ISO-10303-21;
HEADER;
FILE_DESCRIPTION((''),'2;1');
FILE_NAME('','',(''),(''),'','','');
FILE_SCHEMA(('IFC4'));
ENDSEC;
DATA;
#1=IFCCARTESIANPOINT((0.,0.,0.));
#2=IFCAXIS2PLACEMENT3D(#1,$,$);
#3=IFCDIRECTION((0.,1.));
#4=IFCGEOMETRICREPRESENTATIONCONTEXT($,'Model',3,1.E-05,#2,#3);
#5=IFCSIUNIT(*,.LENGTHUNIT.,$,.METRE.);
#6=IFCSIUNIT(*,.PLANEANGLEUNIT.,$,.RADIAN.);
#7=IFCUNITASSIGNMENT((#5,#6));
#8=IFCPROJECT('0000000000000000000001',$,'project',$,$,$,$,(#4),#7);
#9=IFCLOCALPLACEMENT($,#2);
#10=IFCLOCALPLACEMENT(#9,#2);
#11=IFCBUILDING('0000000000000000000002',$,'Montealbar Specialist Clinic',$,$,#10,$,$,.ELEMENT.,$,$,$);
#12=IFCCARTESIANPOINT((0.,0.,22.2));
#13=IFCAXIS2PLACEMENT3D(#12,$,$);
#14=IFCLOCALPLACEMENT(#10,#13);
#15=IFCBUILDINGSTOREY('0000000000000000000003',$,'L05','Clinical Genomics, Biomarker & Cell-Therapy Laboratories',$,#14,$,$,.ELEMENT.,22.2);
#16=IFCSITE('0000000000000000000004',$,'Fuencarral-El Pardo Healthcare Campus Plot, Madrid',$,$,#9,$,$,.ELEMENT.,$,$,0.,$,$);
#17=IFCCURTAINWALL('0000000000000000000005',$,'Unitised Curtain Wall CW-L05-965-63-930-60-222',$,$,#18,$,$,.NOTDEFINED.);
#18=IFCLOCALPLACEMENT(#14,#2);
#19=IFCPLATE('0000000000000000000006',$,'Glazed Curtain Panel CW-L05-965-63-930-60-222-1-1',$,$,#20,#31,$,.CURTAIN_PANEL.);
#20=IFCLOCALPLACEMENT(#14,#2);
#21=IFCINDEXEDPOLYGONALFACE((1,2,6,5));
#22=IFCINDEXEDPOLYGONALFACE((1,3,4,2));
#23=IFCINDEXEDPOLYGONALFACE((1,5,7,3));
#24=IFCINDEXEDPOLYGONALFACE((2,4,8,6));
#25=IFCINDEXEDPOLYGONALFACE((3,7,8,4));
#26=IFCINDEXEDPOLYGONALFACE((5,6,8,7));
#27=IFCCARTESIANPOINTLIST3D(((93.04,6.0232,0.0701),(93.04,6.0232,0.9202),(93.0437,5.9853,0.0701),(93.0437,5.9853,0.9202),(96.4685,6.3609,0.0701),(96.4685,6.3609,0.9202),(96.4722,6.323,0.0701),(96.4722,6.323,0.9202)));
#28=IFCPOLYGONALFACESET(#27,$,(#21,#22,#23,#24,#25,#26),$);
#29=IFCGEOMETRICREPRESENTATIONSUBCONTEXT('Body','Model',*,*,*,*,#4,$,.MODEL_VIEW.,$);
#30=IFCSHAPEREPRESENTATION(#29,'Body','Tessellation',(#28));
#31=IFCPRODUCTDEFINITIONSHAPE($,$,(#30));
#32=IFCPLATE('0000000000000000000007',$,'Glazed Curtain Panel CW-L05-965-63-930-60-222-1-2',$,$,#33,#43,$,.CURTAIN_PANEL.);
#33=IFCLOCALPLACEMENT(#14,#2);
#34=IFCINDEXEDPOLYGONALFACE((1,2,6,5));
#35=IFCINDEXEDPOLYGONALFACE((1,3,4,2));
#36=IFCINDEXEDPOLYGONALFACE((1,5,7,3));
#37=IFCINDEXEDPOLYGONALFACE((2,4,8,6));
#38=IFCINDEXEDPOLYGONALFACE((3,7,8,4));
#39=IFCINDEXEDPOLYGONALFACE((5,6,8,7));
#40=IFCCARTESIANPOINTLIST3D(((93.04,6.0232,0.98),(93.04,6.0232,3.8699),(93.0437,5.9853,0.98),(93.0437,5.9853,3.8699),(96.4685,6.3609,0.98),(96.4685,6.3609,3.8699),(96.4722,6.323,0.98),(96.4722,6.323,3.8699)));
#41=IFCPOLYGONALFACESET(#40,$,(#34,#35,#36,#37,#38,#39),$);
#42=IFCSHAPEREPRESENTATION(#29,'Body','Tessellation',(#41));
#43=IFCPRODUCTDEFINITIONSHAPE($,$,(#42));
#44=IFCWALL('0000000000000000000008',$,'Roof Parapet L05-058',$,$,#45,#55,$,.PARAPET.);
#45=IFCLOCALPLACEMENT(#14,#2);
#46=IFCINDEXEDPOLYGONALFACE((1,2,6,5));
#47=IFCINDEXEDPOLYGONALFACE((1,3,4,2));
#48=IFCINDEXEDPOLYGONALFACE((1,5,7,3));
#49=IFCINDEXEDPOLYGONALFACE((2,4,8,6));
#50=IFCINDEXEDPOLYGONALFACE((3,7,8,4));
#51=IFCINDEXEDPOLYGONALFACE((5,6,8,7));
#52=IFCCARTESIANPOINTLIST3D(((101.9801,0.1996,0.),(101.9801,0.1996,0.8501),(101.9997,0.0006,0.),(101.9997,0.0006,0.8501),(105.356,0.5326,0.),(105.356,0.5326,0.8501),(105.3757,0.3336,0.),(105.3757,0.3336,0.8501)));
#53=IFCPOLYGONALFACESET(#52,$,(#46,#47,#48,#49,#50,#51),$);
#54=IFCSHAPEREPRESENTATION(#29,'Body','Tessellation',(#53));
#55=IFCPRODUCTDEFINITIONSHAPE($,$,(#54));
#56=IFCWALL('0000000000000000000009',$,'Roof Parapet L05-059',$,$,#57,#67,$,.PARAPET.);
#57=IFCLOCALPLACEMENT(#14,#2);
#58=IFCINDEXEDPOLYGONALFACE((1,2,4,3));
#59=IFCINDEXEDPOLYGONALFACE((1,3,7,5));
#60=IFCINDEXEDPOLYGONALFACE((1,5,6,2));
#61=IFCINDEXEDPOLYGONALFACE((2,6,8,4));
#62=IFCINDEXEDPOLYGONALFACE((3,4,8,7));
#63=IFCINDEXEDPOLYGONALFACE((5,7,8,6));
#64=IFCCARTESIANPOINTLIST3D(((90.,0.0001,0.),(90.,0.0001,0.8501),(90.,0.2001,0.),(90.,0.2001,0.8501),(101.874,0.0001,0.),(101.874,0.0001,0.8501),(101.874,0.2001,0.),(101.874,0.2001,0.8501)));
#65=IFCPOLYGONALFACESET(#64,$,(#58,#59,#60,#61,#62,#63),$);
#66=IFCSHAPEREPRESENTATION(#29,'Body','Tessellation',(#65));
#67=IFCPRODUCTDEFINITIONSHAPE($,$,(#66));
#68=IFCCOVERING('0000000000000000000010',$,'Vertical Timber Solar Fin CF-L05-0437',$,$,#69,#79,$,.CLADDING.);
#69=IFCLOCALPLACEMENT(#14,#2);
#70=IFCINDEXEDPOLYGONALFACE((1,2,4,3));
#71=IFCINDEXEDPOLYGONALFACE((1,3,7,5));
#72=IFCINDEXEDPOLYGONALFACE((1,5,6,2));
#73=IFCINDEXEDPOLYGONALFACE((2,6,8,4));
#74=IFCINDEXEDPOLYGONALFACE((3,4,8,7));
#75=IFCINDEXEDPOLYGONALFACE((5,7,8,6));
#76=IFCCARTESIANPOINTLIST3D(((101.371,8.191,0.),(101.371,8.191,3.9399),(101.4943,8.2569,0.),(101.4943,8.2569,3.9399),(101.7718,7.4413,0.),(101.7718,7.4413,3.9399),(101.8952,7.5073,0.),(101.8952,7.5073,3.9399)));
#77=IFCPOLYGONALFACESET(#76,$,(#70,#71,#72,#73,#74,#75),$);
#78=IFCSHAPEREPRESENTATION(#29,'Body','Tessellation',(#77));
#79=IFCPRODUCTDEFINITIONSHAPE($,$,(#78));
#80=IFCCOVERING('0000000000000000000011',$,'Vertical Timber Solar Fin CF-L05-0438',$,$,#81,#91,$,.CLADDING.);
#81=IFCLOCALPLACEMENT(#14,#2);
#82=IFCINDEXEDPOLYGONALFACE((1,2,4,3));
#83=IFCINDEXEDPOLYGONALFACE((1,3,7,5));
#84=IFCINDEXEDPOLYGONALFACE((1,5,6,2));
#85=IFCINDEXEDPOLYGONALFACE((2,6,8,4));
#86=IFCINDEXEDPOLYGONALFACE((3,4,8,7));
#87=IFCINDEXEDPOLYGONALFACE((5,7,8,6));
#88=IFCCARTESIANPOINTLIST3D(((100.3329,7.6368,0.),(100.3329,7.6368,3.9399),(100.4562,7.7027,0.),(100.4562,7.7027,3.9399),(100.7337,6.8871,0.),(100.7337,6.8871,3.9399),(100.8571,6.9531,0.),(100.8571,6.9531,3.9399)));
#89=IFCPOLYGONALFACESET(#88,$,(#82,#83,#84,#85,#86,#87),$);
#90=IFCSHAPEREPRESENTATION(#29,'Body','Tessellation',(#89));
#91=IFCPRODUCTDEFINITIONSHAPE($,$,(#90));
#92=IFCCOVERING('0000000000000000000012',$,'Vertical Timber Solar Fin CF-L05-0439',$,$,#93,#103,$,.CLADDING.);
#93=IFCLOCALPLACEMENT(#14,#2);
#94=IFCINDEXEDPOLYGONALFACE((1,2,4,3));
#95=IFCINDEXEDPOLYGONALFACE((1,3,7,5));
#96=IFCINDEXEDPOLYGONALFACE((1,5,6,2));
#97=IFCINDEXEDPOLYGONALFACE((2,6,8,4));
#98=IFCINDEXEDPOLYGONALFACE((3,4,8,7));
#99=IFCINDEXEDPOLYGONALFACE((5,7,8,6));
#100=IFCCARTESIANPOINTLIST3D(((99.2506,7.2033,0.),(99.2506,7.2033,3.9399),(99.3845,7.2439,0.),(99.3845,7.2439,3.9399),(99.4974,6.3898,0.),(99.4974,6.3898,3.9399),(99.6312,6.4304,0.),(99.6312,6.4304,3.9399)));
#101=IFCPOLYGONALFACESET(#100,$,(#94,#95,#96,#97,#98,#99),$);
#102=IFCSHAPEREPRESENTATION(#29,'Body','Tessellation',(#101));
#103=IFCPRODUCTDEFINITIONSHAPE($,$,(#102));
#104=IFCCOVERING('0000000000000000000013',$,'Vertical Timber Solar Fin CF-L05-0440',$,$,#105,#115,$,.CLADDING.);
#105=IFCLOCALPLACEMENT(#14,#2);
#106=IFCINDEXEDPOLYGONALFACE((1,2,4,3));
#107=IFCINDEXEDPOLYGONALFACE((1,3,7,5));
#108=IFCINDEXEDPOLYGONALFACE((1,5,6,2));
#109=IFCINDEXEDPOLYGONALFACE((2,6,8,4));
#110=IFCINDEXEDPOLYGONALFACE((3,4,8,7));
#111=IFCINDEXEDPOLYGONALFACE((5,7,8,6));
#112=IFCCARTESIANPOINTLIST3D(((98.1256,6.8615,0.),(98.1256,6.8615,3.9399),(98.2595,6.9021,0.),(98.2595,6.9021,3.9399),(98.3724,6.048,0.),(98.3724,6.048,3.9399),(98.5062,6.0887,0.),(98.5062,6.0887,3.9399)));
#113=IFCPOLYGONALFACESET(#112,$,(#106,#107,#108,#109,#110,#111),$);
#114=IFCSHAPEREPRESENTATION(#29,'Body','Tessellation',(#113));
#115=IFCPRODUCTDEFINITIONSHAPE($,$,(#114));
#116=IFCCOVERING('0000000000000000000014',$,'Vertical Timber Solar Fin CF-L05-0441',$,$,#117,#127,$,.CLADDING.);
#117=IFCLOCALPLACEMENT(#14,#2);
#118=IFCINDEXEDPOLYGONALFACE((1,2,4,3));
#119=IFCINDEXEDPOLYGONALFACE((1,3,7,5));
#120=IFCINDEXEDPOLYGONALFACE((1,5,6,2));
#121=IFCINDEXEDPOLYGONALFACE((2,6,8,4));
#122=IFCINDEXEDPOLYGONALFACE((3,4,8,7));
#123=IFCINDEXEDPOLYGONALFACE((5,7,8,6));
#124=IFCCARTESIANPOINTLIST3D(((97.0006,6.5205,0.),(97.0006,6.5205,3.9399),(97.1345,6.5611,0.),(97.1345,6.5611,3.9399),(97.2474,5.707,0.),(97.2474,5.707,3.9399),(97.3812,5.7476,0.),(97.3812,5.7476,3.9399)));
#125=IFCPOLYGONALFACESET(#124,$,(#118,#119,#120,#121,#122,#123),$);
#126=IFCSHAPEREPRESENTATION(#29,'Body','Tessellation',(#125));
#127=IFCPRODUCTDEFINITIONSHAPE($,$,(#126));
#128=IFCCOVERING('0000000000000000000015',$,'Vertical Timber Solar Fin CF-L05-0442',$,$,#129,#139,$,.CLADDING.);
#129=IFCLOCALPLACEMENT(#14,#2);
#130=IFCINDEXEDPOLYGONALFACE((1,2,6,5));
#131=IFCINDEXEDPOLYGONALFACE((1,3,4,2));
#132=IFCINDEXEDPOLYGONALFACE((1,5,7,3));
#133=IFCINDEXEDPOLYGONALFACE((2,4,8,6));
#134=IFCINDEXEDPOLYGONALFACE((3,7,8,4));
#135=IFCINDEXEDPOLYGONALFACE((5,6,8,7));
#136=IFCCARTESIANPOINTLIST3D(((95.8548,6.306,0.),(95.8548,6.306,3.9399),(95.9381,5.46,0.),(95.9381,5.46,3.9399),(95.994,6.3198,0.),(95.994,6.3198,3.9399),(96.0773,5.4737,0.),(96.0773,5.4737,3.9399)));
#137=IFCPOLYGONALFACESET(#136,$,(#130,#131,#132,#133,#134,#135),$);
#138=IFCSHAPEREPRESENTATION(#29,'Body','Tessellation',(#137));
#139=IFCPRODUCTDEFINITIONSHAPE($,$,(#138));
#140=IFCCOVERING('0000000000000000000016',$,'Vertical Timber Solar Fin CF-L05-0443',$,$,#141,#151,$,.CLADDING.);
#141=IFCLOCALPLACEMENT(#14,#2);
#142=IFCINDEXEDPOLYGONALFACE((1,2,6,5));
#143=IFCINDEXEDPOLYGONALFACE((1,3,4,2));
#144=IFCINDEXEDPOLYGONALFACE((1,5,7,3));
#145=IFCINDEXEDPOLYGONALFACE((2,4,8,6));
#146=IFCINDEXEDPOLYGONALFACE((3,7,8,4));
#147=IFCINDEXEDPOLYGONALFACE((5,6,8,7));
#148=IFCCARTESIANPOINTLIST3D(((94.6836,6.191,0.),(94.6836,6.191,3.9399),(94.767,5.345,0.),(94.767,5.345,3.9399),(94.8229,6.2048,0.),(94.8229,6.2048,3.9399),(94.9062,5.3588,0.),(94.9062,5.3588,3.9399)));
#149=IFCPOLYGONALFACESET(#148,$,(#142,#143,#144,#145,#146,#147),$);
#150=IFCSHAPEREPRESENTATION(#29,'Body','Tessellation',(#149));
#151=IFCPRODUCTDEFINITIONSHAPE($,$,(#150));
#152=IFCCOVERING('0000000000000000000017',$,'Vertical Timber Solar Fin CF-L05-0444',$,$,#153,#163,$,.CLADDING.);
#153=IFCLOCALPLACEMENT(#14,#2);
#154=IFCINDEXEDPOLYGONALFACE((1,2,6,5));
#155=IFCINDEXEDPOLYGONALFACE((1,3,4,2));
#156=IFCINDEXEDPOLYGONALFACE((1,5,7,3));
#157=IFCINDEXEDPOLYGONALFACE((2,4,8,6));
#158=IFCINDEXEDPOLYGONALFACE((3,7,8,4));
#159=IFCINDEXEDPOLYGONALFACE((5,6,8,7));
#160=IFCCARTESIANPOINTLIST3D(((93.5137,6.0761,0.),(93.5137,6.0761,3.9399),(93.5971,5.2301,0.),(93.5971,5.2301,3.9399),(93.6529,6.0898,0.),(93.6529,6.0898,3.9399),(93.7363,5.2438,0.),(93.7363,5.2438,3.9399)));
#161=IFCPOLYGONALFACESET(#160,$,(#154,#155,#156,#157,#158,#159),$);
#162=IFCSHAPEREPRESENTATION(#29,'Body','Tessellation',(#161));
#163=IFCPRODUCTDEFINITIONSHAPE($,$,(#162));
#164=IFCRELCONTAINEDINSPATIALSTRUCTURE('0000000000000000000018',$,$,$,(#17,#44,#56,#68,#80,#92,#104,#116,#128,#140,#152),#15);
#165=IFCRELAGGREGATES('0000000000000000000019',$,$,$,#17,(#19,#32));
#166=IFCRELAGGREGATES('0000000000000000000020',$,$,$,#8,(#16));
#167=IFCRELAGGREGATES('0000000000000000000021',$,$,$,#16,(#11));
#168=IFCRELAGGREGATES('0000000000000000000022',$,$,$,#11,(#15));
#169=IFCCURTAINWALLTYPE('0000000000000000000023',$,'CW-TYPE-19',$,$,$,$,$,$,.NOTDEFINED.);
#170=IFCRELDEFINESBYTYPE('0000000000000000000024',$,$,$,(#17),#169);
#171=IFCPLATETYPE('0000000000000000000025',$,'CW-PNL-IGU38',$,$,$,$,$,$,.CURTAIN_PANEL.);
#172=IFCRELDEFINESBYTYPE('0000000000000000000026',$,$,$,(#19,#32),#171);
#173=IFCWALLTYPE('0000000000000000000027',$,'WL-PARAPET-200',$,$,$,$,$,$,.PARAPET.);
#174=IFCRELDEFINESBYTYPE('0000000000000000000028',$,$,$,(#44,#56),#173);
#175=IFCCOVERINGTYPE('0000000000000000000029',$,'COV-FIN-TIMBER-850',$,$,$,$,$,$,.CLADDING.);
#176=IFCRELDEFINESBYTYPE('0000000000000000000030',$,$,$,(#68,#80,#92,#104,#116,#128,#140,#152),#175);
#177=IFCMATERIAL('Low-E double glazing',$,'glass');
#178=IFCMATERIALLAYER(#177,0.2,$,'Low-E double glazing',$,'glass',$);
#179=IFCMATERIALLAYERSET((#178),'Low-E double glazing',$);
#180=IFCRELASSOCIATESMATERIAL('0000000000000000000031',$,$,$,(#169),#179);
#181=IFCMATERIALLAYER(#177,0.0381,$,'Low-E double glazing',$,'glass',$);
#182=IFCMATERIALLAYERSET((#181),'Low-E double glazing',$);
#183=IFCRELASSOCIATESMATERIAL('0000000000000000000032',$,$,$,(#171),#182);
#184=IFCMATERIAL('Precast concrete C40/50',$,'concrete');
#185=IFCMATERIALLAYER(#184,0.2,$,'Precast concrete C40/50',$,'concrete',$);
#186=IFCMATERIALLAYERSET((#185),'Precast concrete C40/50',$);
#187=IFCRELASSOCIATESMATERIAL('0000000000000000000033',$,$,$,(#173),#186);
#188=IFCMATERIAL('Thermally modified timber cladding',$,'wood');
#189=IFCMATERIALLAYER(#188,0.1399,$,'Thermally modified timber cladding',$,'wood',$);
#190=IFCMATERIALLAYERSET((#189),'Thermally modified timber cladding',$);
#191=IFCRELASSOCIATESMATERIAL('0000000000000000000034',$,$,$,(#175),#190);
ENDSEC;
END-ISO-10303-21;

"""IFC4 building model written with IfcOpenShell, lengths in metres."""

from ifc_helpers import new_model, si_unit, direction, frame, frame_2d, origin, origin_2d, place, context, subcontext, project, spatial, rectangle, extrude, material, layer, layer_set, type_object, element, aggregate, save


model = new_model("IFC4")

# Units and contexts
model_context = context("Model", 3, precision=1e-05, world=origin(), true_north=direction((0.0, 1.0)))
body_context = subcontext(model_context, "Body", "Model", "MODEL_VIEW")
ifc_project = project(units=[si_unit("LENGTHUNIT", "METRE"), si_unit("PLANEANGLEUNIT", "RADIAN")], contexts=[model_context])

# Site, building, storey
site_placement = place(None, origin())
site = spatial("IfcSite", under=ifc_project, at=site_placement, Name="Fuencarral-El Pardo Healthcare Campus Plot, Madrid", CompositionType="ELEMENT", RefElevation=0.0)
building_placement = place(site_placement, origin())
building = spatial("IfcBuilding", under=site, at=building_placement, Name="Montealbar Specialist Clinic", CompositionType="ELEMENT")
storey_placement = place(building_placement, frame((0.0, 0.0, 22.2)))
storey = spatial("IfcBuildingStorey", under=building, at=storey_placement, Name="L05", Description="Clinical Genomics, Biomarker & Cell-Therapy Laboratories", CompositionType="ELEMENT", Elevation=22.2)

# Shared definitions
ifc_material_1 = material(Name="Low-E double glazing", Category="glass")
ifc_layer_1 = layer(ifc_material_1, 0.2, Name="Low-E double glazing", Category="glass")
ifc_layer_set_1 = layer_set([ifc_layer_1], Name="Low-E double glazing")
curtain_wall_type_1 = type_object("IfcCurtainWallType", Name="CW-TYPE-19", PredefinedType="NOTDEFINED", material=ifc_layer_set_1)

# Curtain wall
curtain_wall_1_placement = place(storey_placement, origin())
curtain_wall_1 = element("IfcCurtainWall", 1, at=curtain_wall_1_placement, inside=storey, type_object=curtain_wall_type_1, Name="Unitised Curtain Wall CW-L05-965-63-930-60-222", PredefinedType="NOTDEFINED")

# Plates
ifc_layer_2 = layer(ifc_material_1, 0.0381, Name="Low-E double glazing", Category="glass")
ifc_layer_set_2 = layer_set([ifc_layer_2], Name="Low-E double glazing")
plate_type = type_object("IfcPlateType", Name="CW-PNL-IGU38", PredefinedType="CURTAIN_PANEL", material=ifc_layer_set_2)
plate_1_placement = place(storey_placement, frame((94.7561, 6.1731, 0.0701), z_axis=(0.0, 0.0, 1.0), x_axis=(-0.995182, -0.098045, 0.0)))
plate_1 = element("IfcPlate", 2, at=plate_1_placement, type_object=plate_type, Name="Glazed Curtain Panel CW-L05-965-63-930-60-222-1-1", PredefinedType="CURTAIN_PANEL", context=body_context, shape_type="SweptSolid", body=[
    extrude(rectangle(XDim=3.4451, YDim=0.0381, at=origin_2d()), origin(), (0.0, 0.0, 1.0), 0.8501),
])
plate_2_placement = place(storey_placement, frame((94.7561, 6.1731, 0.98), z_axis=(0.0, 0.0, 1.0), x_axis=(-0.995182, -0.098045, 0.0)))
plate_2 = element("IfcPlate", 3, at=plate_2_placement, type_object=plate_type, Name="Glazed Curtain Panel CW-L05-965-63-930-60-222-1-2", PredefinedType="CURTAIN_PANEL", context=body_context, shape_type="SweptSolid", body=[
    extrude(rectangle(XDim=3.4451, YDim=0.0381, at=origin_2d()), origin(), (0.0, 0.0, 1.0), 2.8899),
])
aggregate(curtain_wall_1, [plate_1, plate_2])

# Walls
ifc_material_2 = material(Name="Precast concrete C40/50", Category="concrete")
ifc_layer_3 = layer(ifc_material_2, 0.2, Name="Precast concrete C40/50", Category="concrete")
ifc_layer_set_3 = layer_set([ifc_layer_3], Name="Precast concrete C40/50")
wall_type = type_object("IfcWallType", Name="WL-PARAPET-200", PredefinedType="PARAPET", material=ifc_layer_set_3)
wall_1_placement = place(storey_placement, frame((105.366, 0.4331, 0.0), z_axis=(0.0, 0.0, 1.0), x_axis=(-0.99517, -0.098164, 0.0)))
element("IfcWall", 4, at=wall_1_placement, inside=storey, type_object=wall_type, Name="Roof Parapet L05-058", PredefinedType="PARAPET", context=body_context, shape_type="SweptSolid", body=[
    extrude(rectangle(XDim=3.3923, YDim=0.2, at=frame_2d((1.6963, 0.0))), origin(), (0.0, 0.0, 1.0), 0.8501),
])
wall_2_placement = place(storey_placement, frame((101.874, 0.1001, 0.0), z_axis=(0.0, 0.0, 1.0), x_axis=(-1.0, 0.0, 0.0)))
element("IfcWall", 5, at=wall_2_placement, inside=storey, type_object=wall_type, Name="Roof Parapet L05-059", PredefinedType="PARAPET", context=body_context, shape_type="SweptSolid", body=[
    extrude(rectangle(XDim=11.874, YDim=0.2, at=frame_2d((5.937, 0.0))), origin(), (0.0, 0.0, 1.0), 0.8501),
])

# Coverings
ifc_material_3 = material(Name="Thermally modified timber cladding", Category="wood")
ifc_layer_4 = layer(ifc_material_3, 0.1399, Name="Thermally modified timber cladding", Category="wood")
ifc_layer_set_4 = layer_set([ifc_layer_4], Name="Thermally modified timber cladding")
covering_type = type_object("IfcCoveringType", Name="COV-FIN-TIMBER-850", PredefinedType="CLADDING", material=ifc_layer_set_4)
for number, where, z_axis, x_axis, name in (
    (6, (101.6331, 7.8491, 0.0), (0.0, 0.0, 1.0), (0.471529, -0.88185, 0.0), "Vertical Timber Solar Fin CF-L05-0437"),
    (7, (100.595, 7.2949, 0.0), (0.0, 0.0, 1.0), (0.471529, -0.88185, 0.0), "Vertical Timber Solar Fin CF-L05-0438"),
    (8, (99.4409, 6.8169, 0.0), (0.0, 0.0, 1.0), (0.290259, -0.956948, 0.0), "Vertical Timber Solar Fin CF-L05-0439"),
    (9, (98.3159, 6.4751, 0.0), (0.0, 0.0, 1.0), (0.290259, -0.956948, 0.0), "Vertical Timber Solar Fin CF-L05-0440"),
    (10, (97.1909, 6.134, 0.0), (0.0, 0.0, 1.0), (0.290259, -0.956948, 0.0), "Vertical Timber Solar Fin CF-L05-0441"),
    (11, (95.9661, 5.8899, 0.0), (0.0, 0.0, 1.0), (0.098045, -0.995182, 0.0), "Vertical Timber Solar Fin CF-L05-0442"),
    (12, (94.7949, 5.7749, 0.0), (0.0, 0.0, 1.0), (0.098045, -0.995182, 0.0), "Vertical Timber Solar Fin CF-L05-0443"),
    (13, (93.625, 5.6599, 0.0), (0.0, 0.0, 1.0), (0.098045, -0.995182, 0.0), "Vertical Timber Solar Fin CF-L05-0444"),
):
    element("IfcCovering", number, at=place(storey_placement, frame(where, z_axis=z_axis, x_axis=x_axis)), inside=storey, type_object=covering_type, Name=name, PredefinedType="CLADDING", context=body_context, shape_type="SweptSolid", body=[
        extrude(rectangle(XDim=0.8501, YDim=0.1399, at=origin_2d()), origin(), (0.0, 0.0, 1.0), 3.9399),
    ])

save(model, "model.ifc")
